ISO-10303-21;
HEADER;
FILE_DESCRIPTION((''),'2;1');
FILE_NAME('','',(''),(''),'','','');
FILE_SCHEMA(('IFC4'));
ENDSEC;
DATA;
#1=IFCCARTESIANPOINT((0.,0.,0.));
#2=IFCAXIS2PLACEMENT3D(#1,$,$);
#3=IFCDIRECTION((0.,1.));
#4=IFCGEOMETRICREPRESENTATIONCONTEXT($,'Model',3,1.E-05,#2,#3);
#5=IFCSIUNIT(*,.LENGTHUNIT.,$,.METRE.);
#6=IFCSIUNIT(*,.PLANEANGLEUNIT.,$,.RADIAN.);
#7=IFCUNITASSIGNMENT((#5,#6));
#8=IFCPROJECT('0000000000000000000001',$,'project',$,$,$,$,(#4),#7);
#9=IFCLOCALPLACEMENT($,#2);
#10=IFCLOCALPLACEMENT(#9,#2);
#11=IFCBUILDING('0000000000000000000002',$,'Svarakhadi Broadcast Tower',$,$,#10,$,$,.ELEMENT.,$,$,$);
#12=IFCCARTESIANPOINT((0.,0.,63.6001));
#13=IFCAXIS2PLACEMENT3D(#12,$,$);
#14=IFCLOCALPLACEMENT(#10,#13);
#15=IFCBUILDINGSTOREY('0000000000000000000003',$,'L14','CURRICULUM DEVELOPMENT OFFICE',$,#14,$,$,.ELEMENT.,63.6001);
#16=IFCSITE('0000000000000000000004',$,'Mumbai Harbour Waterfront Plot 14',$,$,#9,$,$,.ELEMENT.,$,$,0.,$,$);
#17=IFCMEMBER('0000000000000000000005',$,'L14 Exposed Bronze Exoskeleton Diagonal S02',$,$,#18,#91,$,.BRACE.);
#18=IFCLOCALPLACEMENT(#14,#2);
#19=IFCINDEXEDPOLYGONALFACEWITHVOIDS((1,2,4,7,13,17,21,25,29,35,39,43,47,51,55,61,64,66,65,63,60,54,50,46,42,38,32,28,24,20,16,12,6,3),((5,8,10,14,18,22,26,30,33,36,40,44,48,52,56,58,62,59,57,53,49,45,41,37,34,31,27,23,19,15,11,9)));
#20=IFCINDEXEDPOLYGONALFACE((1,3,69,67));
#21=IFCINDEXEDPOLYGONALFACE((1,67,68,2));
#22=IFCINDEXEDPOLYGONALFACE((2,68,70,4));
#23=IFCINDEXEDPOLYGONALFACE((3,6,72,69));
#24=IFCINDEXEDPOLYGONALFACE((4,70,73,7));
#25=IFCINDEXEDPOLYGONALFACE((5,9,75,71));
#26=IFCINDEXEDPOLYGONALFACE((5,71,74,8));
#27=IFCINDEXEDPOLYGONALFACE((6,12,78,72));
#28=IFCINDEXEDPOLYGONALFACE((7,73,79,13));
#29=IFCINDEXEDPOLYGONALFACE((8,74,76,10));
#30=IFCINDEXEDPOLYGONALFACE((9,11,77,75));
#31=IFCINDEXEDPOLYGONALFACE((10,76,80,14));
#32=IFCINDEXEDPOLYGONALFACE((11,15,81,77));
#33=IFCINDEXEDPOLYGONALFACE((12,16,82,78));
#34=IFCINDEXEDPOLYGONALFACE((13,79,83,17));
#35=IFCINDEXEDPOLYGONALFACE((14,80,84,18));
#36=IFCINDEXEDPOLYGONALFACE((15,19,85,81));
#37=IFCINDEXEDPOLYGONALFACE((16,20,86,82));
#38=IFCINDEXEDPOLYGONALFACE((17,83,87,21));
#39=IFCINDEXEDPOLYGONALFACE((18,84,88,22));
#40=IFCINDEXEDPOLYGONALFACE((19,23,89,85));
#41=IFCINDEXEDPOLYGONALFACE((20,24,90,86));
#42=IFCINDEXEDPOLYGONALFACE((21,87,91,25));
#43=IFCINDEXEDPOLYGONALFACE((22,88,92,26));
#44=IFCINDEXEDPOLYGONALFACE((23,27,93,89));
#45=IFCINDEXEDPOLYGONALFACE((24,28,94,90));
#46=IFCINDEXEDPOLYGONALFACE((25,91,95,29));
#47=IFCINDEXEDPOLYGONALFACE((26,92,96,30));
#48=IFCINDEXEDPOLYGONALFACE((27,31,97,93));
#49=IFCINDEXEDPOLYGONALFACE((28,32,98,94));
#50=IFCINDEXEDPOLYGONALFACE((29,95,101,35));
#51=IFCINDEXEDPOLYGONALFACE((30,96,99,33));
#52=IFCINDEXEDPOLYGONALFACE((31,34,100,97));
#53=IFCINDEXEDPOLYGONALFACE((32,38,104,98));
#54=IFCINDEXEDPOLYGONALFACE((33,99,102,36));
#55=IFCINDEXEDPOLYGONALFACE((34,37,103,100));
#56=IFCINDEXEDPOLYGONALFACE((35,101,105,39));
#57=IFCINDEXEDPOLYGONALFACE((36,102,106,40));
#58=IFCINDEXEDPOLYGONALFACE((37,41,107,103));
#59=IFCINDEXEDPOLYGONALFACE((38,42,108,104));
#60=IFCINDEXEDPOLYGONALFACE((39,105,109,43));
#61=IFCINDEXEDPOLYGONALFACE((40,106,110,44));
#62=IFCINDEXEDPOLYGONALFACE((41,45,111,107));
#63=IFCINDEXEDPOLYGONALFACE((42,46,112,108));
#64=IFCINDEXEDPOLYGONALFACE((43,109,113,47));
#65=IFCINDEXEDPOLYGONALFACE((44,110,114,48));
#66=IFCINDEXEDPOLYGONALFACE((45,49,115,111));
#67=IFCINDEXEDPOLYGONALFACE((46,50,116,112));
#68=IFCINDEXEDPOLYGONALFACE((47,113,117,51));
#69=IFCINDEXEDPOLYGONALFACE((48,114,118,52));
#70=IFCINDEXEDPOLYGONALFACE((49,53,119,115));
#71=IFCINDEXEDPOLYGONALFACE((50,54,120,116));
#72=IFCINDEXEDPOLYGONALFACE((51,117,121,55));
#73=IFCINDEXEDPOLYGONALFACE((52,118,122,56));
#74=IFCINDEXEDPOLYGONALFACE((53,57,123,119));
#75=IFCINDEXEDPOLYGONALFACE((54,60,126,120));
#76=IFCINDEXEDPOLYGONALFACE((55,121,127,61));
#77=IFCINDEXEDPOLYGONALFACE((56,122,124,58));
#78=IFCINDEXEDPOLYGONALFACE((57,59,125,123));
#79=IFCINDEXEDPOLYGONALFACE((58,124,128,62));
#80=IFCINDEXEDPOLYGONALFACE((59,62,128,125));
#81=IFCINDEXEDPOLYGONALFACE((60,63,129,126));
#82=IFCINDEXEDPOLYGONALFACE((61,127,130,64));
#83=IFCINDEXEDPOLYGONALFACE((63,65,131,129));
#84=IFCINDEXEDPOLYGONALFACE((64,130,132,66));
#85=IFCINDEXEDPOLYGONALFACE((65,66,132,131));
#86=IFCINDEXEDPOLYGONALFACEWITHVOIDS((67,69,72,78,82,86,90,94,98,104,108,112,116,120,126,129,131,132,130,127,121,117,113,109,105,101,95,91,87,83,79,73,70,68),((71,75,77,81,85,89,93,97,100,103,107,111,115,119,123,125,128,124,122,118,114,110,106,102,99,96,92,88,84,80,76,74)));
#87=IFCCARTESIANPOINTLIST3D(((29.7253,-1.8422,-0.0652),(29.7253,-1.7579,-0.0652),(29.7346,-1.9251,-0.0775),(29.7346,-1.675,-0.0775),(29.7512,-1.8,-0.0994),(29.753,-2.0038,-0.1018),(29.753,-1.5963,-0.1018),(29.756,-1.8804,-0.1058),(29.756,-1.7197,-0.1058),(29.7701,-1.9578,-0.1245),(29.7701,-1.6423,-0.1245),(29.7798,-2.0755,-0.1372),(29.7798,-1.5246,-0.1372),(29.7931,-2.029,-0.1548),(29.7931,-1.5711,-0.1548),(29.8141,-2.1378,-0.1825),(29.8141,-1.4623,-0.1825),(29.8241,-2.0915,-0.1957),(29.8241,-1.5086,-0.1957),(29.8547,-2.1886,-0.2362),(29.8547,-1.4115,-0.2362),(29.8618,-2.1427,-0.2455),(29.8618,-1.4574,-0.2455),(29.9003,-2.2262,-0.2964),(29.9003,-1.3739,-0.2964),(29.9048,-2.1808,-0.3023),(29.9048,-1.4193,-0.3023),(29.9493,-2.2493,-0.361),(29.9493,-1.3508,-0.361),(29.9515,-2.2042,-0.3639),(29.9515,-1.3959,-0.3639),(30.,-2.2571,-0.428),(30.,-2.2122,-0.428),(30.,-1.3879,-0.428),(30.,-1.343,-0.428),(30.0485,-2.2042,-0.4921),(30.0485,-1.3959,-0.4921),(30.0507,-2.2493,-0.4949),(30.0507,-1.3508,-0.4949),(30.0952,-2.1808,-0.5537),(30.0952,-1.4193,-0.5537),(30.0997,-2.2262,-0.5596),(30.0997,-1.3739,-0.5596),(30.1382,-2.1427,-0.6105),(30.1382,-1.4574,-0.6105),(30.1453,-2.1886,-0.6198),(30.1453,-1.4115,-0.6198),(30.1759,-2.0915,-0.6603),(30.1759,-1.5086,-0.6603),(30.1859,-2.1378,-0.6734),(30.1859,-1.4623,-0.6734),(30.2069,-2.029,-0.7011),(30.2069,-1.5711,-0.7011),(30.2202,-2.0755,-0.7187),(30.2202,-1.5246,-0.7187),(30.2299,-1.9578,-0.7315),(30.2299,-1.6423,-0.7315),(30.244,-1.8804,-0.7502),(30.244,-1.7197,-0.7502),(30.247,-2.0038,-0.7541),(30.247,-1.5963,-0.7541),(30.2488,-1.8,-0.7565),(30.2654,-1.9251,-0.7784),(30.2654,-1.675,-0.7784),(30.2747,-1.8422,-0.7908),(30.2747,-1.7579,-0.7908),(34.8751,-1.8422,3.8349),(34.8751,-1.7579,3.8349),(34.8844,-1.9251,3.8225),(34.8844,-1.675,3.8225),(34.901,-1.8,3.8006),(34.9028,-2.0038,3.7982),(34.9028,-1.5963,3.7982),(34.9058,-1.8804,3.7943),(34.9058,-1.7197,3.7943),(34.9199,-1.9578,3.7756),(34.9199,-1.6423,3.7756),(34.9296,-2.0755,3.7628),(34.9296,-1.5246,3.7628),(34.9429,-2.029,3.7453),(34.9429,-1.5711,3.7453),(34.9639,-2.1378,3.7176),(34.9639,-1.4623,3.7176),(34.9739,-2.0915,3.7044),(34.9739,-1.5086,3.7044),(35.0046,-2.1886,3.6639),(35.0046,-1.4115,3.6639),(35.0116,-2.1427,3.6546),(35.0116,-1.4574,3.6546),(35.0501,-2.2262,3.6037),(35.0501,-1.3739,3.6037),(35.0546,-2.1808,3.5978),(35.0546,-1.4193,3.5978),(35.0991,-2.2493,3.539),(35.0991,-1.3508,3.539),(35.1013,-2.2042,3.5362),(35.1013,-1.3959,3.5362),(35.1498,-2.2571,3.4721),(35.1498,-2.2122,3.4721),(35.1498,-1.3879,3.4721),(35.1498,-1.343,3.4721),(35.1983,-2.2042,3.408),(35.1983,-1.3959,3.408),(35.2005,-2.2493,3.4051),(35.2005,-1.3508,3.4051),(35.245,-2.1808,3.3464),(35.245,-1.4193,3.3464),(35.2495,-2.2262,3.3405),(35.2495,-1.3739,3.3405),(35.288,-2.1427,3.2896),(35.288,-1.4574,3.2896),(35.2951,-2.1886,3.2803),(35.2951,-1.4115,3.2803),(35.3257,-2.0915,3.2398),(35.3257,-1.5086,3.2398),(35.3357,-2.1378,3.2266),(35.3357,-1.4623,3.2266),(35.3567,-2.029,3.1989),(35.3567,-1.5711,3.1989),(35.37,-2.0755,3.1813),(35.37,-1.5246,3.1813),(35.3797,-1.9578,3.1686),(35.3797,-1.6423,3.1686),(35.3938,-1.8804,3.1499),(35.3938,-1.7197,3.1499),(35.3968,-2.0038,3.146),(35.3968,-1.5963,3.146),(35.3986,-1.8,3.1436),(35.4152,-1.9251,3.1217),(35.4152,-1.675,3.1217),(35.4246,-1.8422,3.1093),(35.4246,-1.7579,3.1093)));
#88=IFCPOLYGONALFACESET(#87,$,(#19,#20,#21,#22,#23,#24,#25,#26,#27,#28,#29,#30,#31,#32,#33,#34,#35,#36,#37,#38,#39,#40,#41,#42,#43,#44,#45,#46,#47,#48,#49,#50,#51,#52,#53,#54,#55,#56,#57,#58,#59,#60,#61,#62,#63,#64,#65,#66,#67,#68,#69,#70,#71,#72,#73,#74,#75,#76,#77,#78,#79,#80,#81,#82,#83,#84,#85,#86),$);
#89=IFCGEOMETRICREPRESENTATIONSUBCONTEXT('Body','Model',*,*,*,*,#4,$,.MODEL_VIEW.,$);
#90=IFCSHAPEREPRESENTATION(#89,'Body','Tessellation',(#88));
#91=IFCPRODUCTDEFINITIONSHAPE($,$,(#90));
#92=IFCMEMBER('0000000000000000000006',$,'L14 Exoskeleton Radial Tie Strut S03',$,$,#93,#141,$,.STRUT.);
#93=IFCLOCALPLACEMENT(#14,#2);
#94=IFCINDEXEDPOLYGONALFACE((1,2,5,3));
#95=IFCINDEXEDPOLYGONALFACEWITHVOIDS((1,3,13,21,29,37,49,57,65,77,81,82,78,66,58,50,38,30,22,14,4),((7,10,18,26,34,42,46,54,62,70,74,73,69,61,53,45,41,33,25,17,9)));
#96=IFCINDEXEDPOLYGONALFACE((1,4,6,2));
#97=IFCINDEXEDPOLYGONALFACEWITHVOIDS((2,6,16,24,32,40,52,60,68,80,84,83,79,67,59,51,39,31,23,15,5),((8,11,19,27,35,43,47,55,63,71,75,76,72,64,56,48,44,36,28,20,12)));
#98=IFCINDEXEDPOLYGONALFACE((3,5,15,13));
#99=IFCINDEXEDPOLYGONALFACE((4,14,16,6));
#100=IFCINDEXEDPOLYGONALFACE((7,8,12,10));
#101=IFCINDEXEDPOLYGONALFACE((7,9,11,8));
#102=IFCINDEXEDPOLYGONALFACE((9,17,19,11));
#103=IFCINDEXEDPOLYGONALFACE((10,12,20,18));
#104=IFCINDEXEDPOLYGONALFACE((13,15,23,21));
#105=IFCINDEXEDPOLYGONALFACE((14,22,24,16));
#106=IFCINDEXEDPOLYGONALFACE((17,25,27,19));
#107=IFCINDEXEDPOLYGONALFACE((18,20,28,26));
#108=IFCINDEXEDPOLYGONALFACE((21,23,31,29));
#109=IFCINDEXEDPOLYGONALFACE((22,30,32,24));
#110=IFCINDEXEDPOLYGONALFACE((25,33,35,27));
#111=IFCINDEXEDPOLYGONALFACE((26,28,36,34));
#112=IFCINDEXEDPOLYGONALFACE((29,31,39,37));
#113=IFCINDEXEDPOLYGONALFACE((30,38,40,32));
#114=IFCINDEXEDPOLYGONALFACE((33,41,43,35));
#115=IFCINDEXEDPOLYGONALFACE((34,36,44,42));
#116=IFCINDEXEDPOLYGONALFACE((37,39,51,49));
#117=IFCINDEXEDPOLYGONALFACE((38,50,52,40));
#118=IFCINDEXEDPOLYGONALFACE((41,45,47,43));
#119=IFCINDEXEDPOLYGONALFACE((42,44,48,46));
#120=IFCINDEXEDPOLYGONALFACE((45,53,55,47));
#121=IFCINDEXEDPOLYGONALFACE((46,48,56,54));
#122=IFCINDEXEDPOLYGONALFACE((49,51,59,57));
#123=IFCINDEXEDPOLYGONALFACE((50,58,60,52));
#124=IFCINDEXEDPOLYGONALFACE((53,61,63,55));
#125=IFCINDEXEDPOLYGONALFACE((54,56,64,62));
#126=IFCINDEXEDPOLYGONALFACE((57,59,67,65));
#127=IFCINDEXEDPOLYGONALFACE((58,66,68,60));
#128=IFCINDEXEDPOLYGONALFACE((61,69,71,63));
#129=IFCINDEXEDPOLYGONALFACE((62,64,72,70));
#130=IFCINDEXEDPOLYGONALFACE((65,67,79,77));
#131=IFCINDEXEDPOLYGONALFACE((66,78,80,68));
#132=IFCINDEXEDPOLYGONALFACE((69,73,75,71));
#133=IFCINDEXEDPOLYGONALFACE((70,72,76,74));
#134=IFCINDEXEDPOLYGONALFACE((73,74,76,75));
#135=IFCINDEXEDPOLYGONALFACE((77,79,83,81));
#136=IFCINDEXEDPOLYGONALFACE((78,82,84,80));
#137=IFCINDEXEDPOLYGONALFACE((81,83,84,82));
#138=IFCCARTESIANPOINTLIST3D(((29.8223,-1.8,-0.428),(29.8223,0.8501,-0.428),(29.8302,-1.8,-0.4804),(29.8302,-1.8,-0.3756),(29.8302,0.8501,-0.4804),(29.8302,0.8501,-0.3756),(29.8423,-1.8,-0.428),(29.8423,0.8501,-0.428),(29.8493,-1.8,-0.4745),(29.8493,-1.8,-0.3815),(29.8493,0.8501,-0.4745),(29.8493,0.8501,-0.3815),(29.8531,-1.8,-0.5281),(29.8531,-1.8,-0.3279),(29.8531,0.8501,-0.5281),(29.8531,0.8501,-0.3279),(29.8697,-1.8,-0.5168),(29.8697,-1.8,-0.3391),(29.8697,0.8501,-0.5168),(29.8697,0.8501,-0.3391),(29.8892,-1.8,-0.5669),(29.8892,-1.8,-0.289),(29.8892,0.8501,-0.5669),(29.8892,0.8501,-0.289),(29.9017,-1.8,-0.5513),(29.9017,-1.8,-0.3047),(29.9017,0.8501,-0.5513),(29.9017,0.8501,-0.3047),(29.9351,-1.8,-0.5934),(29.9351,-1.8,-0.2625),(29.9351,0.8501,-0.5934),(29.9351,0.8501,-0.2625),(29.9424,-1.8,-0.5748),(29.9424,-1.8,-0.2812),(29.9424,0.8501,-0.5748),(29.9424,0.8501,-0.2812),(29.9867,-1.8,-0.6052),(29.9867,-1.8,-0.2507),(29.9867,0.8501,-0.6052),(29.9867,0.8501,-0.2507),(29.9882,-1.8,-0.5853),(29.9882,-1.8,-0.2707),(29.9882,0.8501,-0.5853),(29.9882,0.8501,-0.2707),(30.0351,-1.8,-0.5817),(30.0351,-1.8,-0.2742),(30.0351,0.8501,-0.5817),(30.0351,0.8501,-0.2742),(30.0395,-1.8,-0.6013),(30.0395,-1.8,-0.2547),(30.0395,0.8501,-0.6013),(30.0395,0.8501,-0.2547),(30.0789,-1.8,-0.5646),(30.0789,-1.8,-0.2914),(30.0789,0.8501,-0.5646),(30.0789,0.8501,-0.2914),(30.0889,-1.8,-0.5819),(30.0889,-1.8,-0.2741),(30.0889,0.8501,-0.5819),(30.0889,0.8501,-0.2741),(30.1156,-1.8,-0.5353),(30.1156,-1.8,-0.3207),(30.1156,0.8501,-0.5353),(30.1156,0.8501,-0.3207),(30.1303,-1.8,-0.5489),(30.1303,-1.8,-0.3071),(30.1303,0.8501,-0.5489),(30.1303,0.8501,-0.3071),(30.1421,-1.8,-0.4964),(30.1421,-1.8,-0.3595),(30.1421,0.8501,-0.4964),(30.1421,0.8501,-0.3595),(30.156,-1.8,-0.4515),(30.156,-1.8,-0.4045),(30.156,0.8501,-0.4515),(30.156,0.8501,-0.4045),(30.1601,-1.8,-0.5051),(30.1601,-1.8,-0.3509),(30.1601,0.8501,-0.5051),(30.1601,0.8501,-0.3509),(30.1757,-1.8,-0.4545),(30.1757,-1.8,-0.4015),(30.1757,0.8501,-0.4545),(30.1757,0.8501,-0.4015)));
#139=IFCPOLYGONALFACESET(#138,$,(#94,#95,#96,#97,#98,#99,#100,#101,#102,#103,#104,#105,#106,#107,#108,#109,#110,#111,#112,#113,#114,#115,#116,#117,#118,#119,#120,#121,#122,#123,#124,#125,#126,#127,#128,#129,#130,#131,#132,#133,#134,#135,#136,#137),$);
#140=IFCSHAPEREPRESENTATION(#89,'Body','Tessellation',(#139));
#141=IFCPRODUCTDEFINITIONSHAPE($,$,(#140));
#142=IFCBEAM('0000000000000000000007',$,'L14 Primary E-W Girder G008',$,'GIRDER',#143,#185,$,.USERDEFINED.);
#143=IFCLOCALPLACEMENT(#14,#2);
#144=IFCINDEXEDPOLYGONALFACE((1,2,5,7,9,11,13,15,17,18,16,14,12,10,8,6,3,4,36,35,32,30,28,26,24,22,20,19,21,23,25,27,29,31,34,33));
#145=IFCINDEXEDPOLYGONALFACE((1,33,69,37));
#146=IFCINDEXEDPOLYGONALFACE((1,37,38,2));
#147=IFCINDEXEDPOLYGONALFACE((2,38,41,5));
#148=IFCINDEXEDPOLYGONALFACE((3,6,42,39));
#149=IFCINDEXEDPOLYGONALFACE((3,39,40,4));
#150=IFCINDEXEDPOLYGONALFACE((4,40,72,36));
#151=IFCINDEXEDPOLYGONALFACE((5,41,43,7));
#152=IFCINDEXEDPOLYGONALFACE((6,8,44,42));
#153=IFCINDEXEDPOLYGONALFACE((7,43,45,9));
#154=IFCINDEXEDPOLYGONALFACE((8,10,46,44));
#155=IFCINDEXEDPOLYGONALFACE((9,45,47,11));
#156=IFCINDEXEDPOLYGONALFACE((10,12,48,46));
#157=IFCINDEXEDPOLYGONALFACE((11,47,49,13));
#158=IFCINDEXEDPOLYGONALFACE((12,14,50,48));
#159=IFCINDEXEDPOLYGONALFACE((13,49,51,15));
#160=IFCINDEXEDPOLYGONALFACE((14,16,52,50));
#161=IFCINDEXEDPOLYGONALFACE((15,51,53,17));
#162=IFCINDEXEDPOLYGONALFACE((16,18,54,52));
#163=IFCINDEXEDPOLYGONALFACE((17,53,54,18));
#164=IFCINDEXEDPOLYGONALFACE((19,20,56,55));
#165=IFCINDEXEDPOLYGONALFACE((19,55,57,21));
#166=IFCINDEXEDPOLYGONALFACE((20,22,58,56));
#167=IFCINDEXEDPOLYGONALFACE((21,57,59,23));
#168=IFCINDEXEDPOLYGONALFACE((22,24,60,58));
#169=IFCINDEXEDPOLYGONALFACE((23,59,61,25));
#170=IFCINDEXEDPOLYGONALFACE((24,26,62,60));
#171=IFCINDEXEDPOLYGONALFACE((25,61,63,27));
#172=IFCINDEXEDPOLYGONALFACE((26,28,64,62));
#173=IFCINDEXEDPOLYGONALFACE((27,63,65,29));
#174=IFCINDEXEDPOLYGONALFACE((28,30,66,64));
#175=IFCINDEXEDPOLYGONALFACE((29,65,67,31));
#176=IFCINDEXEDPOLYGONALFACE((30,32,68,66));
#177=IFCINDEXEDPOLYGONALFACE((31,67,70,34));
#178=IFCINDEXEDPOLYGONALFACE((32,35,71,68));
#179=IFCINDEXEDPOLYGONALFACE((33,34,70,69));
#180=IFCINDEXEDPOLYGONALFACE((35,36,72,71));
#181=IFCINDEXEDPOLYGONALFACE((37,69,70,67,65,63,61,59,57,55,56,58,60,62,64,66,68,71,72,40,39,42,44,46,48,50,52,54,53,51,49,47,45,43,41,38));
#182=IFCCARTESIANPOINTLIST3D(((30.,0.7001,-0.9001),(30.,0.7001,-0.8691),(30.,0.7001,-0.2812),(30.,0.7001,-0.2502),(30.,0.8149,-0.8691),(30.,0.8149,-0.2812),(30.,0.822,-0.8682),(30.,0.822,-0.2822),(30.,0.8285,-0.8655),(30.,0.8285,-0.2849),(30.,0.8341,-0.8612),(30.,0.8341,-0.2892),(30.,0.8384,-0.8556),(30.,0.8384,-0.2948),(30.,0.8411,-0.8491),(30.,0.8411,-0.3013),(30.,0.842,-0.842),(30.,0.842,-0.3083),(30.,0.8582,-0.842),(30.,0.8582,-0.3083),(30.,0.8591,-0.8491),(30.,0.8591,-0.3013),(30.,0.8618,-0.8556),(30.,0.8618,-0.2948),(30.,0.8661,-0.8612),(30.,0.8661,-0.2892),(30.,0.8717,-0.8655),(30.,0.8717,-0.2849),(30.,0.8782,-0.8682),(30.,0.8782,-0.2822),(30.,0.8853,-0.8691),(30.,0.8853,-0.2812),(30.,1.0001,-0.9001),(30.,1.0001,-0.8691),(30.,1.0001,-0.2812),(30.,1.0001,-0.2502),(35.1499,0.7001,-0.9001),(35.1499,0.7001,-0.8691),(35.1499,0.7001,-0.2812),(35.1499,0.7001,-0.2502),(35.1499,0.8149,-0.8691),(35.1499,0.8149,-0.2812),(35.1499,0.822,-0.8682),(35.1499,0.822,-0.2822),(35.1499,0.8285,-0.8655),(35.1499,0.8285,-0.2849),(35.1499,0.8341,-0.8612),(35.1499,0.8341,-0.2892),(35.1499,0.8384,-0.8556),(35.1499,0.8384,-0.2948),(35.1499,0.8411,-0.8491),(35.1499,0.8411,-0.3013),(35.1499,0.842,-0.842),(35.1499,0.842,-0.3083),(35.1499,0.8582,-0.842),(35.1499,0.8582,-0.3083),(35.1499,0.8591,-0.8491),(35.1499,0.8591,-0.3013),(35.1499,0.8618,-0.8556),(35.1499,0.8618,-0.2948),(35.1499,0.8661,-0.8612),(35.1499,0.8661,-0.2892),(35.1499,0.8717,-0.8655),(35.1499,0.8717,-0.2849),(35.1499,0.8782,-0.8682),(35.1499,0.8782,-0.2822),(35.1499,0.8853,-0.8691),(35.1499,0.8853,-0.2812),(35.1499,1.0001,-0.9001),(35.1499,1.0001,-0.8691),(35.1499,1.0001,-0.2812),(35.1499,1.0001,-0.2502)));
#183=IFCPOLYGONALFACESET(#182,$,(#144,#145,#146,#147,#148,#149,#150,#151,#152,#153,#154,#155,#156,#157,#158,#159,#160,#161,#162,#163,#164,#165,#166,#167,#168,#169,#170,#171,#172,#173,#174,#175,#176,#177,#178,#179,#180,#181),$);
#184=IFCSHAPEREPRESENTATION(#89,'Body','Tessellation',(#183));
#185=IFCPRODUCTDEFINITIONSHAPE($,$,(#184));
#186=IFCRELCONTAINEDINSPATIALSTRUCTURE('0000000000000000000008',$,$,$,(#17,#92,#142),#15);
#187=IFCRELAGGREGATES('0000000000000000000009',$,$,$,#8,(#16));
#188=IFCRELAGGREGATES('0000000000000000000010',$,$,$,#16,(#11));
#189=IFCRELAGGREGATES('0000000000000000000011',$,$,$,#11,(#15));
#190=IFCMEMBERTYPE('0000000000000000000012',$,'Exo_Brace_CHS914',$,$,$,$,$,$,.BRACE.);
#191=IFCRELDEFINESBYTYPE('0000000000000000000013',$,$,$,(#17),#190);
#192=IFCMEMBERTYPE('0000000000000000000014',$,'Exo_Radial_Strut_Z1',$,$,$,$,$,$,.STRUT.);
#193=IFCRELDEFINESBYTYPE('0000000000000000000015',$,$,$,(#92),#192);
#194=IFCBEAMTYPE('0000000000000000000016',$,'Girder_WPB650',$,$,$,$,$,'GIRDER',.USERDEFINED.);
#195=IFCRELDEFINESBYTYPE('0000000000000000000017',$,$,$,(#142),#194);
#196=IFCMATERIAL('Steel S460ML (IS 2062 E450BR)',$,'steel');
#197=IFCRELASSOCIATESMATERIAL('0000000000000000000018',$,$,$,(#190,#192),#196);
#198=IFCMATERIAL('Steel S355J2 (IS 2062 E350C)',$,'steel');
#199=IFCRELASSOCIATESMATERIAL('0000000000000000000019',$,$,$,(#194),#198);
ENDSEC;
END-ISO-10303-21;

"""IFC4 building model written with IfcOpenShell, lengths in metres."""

from ifc_helpers import new_model, si_unit, direction, frame, origin, origin_2d, place, context, subcontext, project, spatial, hollow_circle, i_section, extrude, material, material_profile, profile_set, type_object, element, save


model = new_model("IFC4")

# Units and contexts
model_context = context("Model", 3, precision=1e-05, world=origin(), true_north=direction((0.0, 1.0)))
body_context = subcontext(model_context, "Body", "Model", "MODEL_VIEW")
ifc_project = project(units=[si_unit("LENGTHUNIT", "METRE"), si_unit("PLANEANGLEUNIT", "RADIAN")], contexts=[model_context])

# Site, building, storey
site_placement = place(None, origin())
site = spatial("IfcSite", under=ifc_project, at=site_placement, Name="Mumbai Harbour Waterfront Plot 14", CompositionType="ELEMENT", RefElevation=0.0)
building_placement = place(site_placement, origin())
building = spatial("IfcBuilding", under=site, at=building_placement, Name="Svarakhadi Broadcast Tower", CompositionType="ELEMENT")
storey_placement = place(building_placement, frame((0.0, 0.0, 63.6001)))
storey = spatial("IfcBuildingStorey", under=building, at=storey_placement, Name="L14", Description="CURRICULUM DEVELOPMENT OFFICE", CompositionType="ELEMENT", Elevation=63.6001)

# Shared definitions
ifc_material_1 = material(Name="Steel S460ML (IS 2062 E450BR)", Category="steel")

# Shared definitions
ifc_material_2 = material(Name="Steel S355J2 (IS 2062 E350C)", Category="steel")

# Members
ifc_material_profile_1 = material_profile(ifc_material_1, hollow_circle(Radius=0.457, WallThickness=0.0449, at=origin_2d()), Name="CHS 914x45")
ifc_profile_set_1 = profile_set([ifc_material_profile_1], Name="Steel S460ML (IS 2062 E450BR)")
member_type_1 = type_object("IfcMemberType", Name="Exo_Brace_CHS914", PredefinedType="BRACE", material=ifc_profile_set_1)
member_1_placement = place(storey_placement, frame((30.0, -1.8, -0.428), z_axis=(0.797189, 0.0, 0.60373), x_axis=(0.0, 1.0, 0.0)))
element("IfcMember", 1, at=member_1_placement, inside=storey, type_object=member_type_1, Name="L14 Exposed Bronze Exoskeleton Diagonal S02", PredefinedType="BRACE", context=body_context, shape_type="SweptSolid", body=[
    extrude(hollow_circle(Radius=0.457, WallThickness=0.0449, at=origin_2d()), origin(), (0.0, 0.0, 1.0), 6.46),
])
ifc_material_profile_2 = material_profile(ifc_material_1, hollow_circle(Radius=0.1777, WallThickness=0.02, at=origin_2d()), Name="CHS 355.6x20")
ifc_profile_set_2 = profile_set([ifc_material_profile_2], Name="Steel S460ML (IS 2062 E450BR)")
member_type_2 = type_object("IfcMemberType", Name="Exo_Radial_Strut_Z1", PredefinedType="STRUT", material=ifc_profile_set_2)
member_2_placement = place(storey_placement, frame((30.0, -1.8, -0.428), z_axis=(0.0, 1.0, 0.0), x_axis=(-1.0, 0.0, 0.0)))
element("IfcMember", 2, at=member_2_placement, inside=storey, type_object=member_type_2, Name="L14 Exoskeleton Radial Tie Strut S03", PredefinedType="STRUT", context=body_context, shape_type="SweptSolid", body=[
    extrude(hollow_circle(Radius=0.1777, WallThickness=0.02, at=origin_2d()), origin(), (0.0, 0.0, 1.0), 2.6501),
])

# Beam
ifc_material_profile_3 = material_profile(ifc_material_2, i_section(OverallWidth=0.3, OverallDepth=0.6499, WebThickness=0.0161, FlangeThickness=0.031, FilletRadius=0.0271, at=origin_2d()), Name="WPB 650x300x225")
ifc_profile_set_3 = profile_set([ifc_material_profile_3], Name="Steel S355J2 (IS 2062 E350C)")
beam_type_1 = type_object("IfcBeamType", Name="Girder_WPB650", ElementType="GIRDER", PredefinedType="USERDEFINED", material=ifc_profile_set_3)
beam_1_placement = place(storey_placement, frame((30.0, 0.8501, -0.5752), z_axis=(1.0, 0.0, 0.0), x_axis=(0.0, 1.0, 0.0)))
element("IfcBeam", 3, at=beam_1_placement, inside=storey, type_object=beam_type_1, Name="L14 Primary E-W Girder G008", ObjectType="GIRDER", PredefinedType="USERDEFINED", context=body_context, shape_type="SweptSolid", body=[
    extrude(i_section(OverallWidth=0.3, OverallDepth=0.6499, WebThickness=0.0161, FlangeThickness=0.031, FilletRadius=0.0271, at=origin_2d()), origin(), (0.0, 0.0, 1.0), 5.1499),
])

save(model, "model.ifc")
